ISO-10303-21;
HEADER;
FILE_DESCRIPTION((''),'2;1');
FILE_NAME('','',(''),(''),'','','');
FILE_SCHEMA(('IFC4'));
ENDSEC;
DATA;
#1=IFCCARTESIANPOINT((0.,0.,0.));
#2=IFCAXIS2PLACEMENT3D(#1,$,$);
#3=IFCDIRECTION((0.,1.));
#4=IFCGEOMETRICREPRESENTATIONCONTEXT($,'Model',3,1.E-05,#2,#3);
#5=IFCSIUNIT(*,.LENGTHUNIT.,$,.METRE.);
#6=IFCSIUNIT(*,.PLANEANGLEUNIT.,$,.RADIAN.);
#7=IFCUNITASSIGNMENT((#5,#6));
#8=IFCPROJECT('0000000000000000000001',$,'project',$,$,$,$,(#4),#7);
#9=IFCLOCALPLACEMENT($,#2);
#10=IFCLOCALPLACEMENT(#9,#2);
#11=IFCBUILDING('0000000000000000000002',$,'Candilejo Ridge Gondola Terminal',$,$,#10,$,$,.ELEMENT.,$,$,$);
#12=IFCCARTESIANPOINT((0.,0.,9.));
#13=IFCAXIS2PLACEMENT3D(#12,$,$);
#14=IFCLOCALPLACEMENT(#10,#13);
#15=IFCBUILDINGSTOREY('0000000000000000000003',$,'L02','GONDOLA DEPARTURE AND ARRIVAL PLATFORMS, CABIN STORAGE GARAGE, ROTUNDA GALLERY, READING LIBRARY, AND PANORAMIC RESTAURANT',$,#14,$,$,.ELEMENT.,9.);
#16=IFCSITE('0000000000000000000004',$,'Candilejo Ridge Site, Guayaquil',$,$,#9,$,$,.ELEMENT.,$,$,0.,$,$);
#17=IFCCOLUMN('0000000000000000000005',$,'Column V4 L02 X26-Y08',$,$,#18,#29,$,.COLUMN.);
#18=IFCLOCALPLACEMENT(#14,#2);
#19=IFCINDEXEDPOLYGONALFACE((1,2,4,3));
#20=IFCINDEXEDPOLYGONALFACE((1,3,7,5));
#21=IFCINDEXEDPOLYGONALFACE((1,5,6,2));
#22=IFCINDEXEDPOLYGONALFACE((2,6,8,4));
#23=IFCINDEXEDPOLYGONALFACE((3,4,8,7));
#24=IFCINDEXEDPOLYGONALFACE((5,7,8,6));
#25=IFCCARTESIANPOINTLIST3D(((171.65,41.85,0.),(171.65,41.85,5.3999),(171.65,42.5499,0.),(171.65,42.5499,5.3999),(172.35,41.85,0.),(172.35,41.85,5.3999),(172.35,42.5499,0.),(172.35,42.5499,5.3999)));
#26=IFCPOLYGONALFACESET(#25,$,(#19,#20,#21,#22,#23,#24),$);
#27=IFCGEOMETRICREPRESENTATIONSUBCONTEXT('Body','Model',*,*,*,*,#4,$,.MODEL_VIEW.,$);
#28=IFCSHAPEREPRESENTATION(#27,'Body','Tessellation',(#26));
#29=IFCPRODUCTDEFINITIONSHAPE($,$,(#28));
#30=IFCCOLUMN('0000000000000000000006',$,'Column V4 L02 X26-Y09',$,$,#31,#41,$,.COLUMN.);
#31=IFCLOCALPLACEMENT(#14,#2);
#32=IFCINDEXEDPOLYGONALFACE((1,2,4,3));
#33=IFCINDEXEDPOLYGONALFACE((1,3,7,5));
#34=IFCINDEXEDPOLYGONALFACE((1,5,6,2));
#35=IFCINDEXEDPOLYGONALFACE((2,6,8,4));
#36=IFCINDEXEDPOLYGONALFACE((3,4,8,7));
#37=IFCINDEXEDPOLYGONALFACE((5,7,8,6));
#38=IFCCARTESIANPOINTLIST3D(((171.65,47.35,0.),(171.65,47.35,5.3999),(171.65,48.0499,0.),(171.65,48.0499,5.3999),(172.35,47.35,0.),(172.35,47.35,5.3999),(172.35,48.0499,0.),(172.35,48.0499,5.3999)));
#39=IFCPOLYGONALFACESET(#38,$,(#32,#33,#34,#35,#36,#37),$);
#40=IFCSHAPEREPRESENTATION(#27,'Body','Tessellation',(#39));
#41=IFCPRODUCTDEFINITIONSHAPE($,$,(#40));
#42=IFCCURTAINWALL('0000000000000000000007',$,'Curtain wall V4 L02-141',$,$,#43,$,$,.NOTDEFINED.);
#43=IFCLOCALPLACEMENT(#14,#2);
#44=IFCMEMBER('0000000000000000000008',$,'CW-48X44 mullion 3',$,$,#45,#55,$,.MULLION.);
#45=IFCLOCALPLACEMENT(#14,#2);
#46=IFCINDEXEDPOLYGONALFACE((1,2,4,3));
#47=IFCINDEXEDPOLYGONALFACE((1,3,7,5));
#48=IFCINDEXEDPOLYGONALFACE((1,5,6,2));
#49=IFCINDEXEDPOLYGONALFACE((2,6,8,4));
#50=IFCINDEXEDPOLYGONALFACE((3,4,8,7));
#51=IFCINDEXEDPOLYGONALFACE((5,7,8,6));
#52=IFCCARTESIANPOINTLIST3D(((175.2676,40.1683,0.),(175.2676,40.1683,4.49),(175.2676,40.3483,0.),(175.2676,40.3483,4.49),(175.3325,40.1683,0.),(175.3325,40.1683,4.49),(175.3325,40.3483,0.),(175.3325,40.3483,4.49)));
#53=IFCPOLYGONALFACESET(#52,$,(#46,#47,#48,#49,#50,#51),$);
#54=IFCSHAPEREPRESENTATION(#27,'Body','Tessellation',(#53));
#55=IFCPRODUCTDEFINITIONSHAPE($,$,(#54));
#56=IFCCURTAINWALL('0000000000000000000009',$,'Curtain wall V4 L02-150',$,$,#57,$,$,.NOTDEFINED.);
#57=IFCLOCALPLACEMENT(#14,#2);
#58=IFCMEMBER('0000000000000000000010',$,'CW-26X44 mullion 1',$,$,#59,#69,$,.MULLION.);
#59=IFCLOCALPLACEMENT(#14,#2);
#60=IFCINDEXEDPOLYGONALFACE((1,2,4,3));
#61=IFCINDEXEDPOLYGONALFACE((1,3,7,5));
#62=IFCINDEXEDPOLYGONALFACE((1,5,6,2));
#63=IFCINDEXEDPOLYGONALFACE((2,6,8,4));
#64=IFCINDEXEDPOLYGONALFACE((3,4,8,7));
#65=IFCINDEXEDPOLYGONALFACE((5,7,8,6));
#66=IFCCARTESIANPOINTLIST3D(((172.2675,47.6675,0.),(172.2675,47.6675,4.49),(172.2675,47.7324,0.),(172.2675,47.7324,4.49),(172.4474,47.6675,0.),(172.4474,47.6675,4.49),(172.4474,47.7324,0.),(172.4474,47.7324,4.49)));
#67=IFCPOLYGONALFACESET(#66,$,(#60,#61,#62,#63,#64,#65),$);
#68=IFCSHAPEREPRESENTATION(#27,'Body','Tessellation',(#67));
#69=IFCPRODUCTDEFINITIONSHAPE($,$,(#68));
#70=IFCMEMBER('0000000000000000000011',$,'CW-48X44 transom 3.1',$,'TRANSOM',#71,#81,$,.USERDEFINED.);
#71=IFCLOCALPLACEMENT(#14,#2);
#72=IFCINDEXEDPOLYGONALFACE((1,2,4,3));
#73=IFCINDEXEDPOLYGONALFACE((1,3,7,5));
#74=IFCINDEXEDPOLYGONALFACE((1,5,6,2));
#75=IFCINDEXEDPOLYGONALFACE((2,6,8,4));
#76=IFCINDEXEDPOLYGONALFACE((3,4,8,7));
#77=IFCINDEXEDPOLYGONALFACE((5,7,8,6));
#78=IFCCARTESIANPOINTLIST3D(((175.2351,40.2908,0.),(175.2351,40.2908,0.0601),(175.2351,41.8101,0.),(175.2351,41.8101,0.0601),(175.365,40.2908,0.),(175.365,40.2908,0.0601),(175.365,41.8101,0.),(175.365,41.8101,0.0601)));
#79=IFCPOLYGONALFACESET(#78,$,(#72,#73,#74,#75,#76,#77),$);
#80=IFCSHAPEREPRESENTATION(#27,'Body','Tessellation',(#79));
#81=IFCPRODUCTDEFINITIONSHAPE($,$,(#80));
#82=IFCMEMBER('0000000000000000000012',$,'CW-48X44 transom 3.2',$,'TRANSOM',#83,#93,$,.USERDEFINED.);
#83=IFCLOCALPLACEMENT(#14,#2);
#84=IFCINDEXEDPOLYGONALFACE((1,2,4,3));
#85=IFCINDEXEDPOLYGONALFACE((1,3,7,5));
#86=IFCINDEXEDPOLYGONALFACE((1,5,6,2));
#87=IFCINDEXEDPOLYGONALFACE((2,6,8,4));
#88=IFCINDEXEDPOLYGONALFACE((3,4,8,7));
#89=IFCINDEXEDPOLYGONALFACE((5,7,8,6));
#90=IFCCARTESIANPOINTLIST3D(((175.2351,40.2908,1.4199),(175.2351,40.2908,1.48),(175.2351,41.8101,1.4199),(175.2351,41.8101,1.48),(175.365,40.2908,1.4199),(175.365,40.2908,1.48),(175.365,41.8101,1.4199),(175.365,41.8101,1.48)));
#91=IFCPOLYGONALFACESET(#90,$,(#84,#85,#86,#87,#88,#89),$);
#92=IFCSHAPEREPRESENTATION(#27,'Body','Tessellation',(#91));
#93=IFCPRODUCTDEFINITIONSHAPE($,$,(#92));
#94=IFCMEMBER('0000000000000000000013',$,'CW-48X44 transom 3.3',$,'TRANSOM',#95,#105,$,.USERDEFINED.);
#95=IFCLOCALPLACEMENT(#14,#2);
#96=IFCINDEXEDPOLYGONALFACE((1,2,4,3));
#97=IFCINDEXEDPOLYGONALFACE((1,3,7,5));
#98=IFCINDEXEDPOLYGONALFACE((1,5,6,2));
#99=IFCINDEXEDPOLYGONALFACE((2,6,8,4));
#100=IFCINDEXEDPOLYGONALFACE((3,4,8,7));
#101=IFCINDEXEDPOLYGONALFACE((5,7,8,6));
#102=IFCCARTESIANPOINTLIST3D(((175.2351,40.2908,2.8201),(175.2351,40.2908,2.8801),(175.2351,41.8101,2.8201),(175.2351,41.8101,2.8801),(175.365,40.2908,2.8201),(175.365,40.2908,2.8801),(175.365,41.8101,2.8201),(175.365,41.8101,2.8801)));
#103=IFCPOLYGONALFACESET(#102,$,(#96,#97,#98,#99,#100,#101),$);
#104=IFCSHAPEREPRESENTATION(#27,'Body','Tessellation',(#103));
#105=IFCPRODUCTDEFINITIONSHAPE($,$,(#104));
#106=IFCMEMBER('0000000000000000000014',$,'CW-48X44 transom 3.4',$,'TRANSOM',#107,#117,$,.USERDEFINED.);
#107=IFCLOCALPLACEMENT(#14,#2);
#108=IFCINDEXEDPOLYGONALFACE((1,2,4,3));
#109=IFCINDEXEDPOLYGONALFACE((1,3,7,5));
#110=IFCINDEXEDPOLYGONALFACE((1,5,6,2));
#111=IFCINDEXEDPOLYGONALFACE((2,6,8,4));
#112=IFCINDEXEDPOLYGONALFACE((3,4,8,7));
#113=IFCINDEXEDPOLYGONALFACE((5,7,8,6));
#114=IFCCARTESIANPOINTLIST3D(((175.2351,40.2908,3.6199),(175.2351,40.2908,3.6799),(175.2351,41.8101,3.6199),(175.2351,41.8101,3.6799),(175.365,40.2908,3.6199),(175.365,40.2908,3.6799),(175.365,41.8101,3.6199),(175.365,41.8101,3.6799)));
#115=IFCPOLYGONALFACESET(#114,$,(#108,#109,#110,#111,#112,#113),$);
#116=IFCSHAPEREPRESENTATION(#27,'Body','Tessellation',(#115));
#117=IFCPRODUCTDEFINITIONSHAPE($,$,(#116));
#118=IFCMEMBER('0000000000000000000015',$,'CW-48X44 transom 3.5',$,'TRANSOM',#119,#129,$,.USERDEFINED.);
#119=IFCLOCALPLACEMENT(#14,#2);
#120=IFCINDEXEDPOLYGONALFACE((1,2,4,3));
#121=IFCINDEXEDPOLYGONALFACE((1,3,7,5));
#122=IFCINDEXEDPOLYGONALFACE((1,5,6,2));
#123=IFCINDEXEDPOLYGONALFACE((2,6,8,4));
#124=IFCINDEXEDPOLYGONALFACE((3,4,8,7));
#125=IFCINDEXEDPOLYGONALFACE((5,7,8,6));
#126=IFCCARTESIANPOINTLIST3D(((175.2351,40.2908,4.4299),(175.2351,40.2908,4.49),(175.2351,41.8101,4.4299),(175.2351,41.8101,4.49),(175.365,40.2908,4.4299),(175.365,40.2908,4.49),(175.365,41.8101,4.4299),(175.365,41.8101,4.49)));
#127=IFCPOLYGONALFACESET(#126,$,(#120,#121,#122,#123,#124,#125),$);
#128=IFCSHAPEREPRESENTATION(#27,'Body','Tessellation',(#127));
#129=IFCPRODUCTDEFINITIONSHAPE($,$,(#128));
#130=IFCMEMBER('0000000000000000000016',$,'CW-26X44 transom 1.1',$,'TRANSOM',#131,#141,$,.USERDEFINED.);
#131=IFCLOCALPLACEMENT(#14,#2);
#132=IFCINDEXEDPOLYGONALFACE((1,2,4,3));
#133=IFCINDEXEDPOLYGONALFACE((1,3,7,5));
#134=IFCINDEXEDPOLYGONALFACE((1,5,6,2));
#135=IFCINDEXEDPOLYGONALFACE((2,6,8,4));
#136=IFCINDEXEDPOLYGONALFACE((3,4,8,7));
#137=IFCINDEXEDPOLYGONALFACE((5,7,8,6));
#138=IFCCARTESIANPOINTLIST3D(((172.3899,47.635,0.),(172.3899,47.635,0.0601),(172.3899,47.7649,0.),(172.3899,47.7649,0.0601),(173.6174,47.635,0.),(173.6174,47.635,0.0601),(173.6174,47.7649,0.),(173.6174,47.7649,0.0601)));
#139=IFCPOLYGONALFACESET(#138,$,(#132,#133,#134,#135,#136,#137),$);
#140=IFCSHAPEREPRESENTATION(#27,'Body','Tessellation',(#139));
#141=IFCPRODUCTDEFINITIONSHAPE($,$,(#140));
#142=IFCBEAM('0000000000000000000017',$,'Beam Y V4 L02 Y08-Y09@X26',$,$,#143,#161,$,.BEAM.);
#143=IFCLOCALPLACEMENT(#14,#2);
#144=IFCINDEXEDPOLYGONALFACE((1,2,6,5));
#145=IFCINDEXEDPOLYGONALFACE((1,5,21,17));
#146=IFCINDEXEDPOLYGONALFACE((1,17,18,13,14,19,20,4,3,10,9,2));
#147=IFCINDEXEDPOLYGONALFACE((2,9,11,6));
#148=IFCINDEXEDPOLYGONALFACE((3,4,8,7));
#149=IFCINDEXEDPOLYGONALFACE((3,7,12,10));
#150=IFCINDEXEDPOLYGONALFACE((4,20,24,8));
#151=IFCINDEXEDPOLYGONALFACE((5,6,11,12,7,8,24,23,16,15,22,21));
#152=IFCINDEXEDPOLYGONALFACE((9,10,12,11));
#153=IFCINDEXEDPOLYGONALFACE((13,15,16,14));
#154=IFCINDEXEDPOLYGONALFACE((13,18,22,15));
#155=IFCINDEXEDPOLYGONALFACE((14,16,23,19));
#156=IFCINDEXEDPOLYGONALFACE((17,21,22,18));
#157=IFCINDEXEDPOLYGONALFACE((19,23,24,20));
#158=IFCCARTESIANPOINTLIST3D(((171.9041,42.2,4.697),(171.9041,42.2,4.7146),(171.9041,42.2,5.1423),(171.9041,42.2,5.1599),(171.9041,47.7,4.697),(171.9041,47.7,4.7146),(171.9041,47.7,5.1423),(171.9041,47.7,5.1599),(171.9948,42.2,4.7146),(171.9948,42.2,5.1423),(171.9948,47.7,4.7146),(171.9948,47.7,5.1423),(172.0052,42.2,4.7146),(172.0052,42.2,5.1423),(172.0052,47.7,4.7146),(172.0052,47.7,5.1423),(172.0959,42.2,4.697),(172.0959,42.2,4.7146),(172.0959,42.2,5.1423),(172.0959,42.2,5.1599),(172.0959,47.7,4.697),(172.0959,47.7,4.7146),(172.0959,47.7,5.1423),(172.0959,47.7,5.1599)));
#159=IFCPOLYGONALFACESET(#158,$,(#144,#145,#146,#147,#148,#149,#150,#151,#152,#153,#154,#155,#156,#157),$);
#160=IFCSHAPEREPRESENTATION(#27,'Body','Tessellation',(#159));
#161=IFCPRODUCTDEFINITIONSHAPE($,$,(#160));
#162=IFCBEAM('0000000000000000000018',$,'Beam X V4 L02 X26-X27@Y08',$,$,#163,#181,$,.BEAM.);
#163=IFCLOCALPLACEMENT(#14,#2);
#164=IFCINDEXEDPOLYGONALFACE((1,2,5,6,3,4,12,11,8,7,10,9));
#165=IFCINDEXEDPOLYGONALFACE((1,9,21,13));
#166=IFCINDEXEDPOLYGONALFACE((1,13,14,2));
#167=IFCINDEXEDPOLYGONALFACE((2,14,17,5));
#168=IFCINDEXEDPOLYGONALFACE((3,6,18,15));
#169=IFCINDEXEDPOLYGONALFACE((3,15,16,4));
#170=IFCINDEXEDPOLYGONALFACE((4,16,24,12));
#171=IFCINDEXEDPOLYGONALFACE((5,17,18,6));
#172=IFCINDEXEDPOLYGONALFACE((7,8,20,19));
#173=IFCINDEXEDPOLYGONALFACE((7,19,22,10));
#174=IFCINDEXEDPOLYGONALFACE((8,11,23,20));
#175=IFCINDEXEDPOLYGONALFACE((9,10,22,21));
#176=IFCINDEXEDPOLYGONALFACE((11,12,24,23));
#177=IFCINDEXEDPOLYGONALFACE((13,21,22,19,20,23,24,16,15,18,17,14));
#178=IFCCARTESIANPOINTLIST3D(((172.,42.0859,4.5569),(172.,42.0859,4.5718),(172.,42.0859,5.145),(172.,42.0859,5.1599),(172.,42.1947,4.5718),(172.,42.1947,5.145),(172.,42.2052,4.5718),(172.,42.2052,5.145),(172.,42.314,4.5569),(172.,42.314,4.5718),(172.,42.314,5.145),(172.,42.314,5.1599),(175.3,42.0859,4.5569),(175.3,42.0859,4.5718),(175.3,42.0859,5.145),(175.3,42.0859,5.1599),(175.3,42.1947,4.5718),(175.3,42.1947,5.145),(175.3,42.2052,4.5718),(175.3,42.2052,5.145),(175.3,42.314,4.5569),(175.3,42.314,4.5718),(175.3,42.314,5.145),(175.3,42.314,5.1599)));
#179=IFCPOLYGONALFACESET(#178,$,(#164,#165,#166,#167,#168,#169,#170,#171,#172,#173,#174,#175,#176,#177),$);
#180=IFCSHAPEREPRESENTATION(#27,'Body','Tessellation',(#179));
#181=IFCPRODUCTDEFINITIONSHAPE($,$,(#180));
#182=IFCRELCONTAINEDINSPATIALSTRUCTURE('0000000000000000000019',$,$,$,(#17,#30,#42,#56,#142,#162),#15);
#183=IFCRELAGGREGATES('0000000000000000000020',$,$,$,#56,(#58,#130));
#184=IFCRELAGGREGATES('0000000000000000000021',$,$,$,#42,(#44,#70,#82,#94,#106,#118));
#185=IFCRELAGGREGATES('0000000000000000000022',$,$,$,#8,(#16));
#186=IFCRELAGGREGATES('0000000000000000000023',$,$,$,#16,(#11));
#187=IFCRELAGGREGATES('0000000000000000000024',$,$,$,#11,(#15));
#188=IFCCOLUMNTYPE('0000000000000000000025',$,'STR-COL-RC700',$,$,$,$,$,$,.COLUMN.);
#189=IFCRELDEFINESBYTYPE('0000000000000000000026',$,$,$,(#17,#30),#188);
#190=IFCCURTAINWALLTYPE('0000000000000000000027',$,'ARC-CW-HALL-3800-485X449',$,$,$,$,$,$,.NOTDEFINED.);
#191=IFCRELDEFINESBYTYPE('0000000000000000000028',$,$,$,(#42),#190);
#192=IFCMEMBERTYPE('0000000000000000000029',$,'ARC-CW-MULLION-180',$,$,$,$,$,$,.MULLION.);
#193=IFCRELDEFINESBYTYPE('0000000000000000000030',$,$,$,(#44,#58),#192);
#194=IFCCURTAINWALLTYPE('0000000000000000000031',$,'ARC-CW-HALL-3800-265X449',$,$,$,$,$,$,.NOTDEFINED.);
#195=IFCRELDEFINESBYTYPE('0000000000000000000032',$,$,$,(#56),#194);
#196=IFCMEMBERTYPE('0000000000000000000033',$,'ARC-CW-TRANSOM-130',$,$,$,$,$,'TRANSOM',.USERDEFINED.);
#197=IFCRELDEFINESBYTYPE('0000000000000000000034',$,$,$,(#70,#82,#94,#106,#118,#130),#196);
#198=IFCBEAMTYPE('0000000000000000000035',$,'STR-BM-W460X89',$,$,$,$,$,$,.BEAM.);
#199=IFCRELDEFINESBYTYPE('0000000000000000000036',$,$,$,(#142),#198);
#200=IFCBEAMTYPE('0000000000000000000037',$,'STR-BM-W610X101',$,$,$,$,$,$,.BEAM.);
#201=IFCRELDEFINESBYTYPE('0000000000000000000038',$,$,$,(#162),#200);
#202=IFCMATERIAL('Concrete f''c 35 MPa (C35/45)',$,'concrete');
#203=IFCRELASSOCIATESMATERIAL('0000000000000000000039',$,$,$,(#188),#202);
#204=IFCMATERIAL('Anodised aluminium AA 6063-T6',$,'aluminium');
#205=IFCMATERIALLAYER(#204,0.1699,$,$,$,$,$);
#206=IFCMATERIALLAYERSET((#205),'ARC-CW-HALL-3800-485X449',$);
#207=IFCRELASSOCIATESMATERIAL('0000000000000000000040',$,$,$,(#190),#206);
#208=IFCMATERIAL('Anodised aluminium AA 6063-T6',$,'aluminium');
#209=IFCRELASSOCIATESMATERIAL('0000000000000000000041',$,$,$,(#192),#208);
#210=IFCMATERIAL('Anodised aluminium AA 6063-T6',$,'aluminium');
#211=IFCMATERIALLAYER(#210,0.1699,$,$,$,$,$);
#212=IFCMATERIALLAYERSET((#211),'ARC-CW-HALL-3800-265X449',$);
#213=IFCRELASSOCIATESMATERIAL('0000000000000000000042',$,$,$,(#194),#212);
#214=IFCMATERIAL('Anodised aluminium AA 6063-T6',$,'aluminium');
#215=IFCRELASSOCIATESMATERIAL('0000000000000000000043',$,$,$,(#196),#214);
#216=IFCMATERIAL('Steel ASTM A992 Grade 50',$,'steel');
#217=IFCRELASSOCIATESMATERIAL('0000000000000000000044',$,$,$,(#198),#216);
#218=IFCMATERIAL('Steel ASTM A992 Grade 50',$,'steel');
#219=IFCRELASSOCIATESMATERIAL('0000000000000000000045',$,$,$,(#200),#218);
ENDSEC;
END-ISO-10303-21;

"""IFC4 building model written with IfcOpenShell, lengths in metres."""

from ifc_helpers import new_model, si_unit, direction, frame, origin, origin_2d, place, context, subcontext, project, spatial, rectangle, i_section, extrude, material, layer, layer_set, material_profile, profile_set, type_object, element, aggregate, save


model = new_model("IFC4")

# Units and contexts
model_context = context("Model", 3, precision=1e-05, world=origin(), true_north=direction((0.0, 1.0)))
body_context = subcontext(model_context, "Body", "Model", "MODEL_VIEW")
ifc_project = project(units=[si_unit("LENGTHUNIT", "METRE"), si_unit("PLANEANGLEUNIT", "RADIAN")], contexts=[model_context])

# Site, building, storey
site_placement = place(None, origin())
site = spatial("IfcSite", under=ifc_project, at=site_placement, Name="Candilejo Ridge Site, Guayaquil", CompositionType="ELEMENT", RefElevation=0.0)
building_placement = place(site_placement, origin())
building = spatial("IfcBuilding", under=site, at=building_placement, Name="Candilejo Ridge Gondola Terminal", CompositionType="ELEMENT")
storey_placement = place(building_placement, frame((0.0, 0.0, 9.0)))
storey = spatial("IfcBuildingStorey", under=building, at=storey_placement, Name="L02", Description="GONDOLA DEPARTURE AND ARRIVAL PLATFORMS, CABIN STORAGE GARAGE, ROTUNDA GALLERY, READING LIBRARY, AND PANORAMIC RESTAURANT", CompositionType="ELEMENT", Elevation=9.0)

# Columns
ifc_material_1 = material(Name="Concrete f'c 35 MPa (C35/45)", Category="concrete")
ifc_material_profile_1 = material_profile(ifc_material_1, rectangle(XDim=0.7, YDim=0.7, at=origin_2d()))
ifc_profile_set_1 = profile_set([ifc_material_profile_1], Name="Concrete f'c 35 MPa (C35/45)")
column_type = type_object("IfcColumnType", Name="STR-COL-RC700", PredefinedType="COLUMN", material=ifc_profile_set_1)
for number, where, z_axis, x_axis, name in (
    (1, (172.0, 42.2, 0.0), (0.0, 0.0, 1.0), (1.0, 0.0, 0.0), "Column V4 L02 X26-Y08"),
    (2, (172.0, 47.7, 0.0), (0.0, 0.0, 1.0), (1.0, 0.0, 0.0), "Column V4 L02 X26-Y09"),
):
    element("IfcColumn", number, at=place(storey_placement, frame(where, z_axis=z_axis, x_axis=x_axis)), inside=storey, type_object=column_type, Name=name, PredefinedType="COLUMN", context=body_context, shape_type="SweptSolid", body=[
        extrude(rectangle(XDim=0.7, YDim=0.7, at=origin_2d()), origin(), (0.0, 0.0, 1.0), 5.3999),
    ])

# Curtain walls, members
ifc_material_2 = material(Name="Anodised aluminium AA 6063-T6", Category="aluminium")
ifc_layer_1 = layer(ifc_material_2, 0.1699)
ifc_layer_set_1 = layer_set([ifc_layer_1], Name="ARC-CW-HALL-3800-485X449")
curtain_wall_type_1 = type_object("IfcCurtainWallType", Name="ARC-CW-HALL-3800-485X449", PredefinedType="NOTDEFINED", material=ifc_layer_set_1)
curtain_wall_1_placement = place(storey_placement, origin())
curtain_wall_1 = element("IfcCurtainWall", 3, at=curtain_wall_1_placement, inside=storey, type_object=curtain_wall_type_1, Name="Curtain wall V4 L02-141", PredefinedType="NOTDEFINED")
ifc_material_3 = material(Name="Anodised aluminium AA 6063-T6", Category="aluminium")
ifc_material_profile_2 = material_profile(ifc_material_3, rectangle(XDim=0.0649, YDim=0.1799, at=origin_2d()))
ifc_profile_set_2 = profile_set([ifc_material_profile_2], Name="Anodised aluminium AA 6063-T6")
member_type_1 = type_object("IfcMemberType", Name="ARC-CW-MULLION-180", PredefinedType="MULLION", material=ifc_profile_set_2)
member_1_placement = place(storey_placement, frame((175.3, 40.2583, 0.0), z_axis=(0.0, 0.0, 1.0), x_axis=(-1.0, 0.0, 0.0)))
member_1 = element("IfcMember", 4, at=member_1_placement, type_object=member_type_1, Name="CW-48X44 mullion 3", PredefinedType="MULLION", context=body_context, shape_type="SweptSolid", body=[
    extrude(rectangle(XDim=0.0649, YDim=0.1799, at=origin_2d()), origin(), (0.0, 0.0, 1.0), 4.49),
])
ifc_material_4 = material(Name="Anodised aluminium AA 6063-T6", Category="aluminium")
ifc_layer_2 = layer(ifc_material_4, 0.1699)
ifc_layer_set_2 = layer_set([ifc_layer_2], Name="ARC-CW-HALL-3800-265X449")
curtain_wall_type_2 = type_object("IfcCurtainWallType", Name="ARC-CW-HALL-3800-265X449", PredefinedType="NOTDEFINED", material=ifc_layer_set_2)
curtain_wall_2_placement = place(storey_placement, origin())
curtain_wall_2 = element("IfcCurtainWall", 5, at=curtain_wall_2_placement, inside=storey, type_object=curtain_wall_type_2, Name="Curtain wall V4 L02-150", PredefinedType="NOTDEFINED")
member_2_placement = place(storey_placement, frame((172.3574, 47.7, 0.0), z_axis=(0.0, 0.0, 1.0), x_axis=(0.0, 1.0, 0.0)))
member_2 = element("IfcMember", 6, at=member_2_placement, type_object=member_type_1, Name="CW-26X44 mullion 1", PredefinedType="MULLION", context=body_context, shape_type="SweptSolid", body=[
    extrude(rectangle(XDim=0.0649, YDim=0.1799, at=origin_2d()), origin(), (0.0, 0.0, 1.0), 4.49),
])

# Members
ifc_material_5 = material(Name="Anodised aluminium AA 6063-T6", Category="aluminium")
ifc_material_profile_3 = material_profile(ifc_material_5, rectangle(XDim=0.1299, YDim=0.0601, at=origin_2d()))
ifc_profile_set_3 = profile_set([ifc_material_profile_3], Name="Anodised aluminium AA 6063-T6")
member_type_2 = type_object("IfcMemberType", Name="ARC-CW-TRANSOM-130", ElementType="TRANSOM", PredefinedType="USERDEFINED", material=ifc_profile_set_3)
member_3_placement = place(storey_placement, frame((175.3, 40.2908, 0.03), z_axis=(0.0, 1.0, 0.0), x_axis=(-1.0, 0.0, 0.0)))
member_3 = element("IfcMember", 7, at=member_3_placement, type_object=member_type_2, Name="CW-48X44 transom 3.1", ObjectType="TRANSOM", PredefinedType="USERDEFINED", context=body_context, shape_type="SweptSolid", body=[
    extrude(rectangle(XDim=0.1299, YDim=0.0601, at=origin_2d()), origin(), (0.0, 0.0, 1.0), 1.5193),
])
member_4_placement = place(storey_placement, frame((175.3, 40.2908, 1.45), z_axis=(0.0, 1.0, 0.0), x_axis=(-1.0, 0.0, 0.0)))
member_4 = element("IfcMember", 8, at=member_4_placement, type_object=member_type_2, Name="CW-48X44 transom 3.2", ObjectType="TRANSOM", PredefinedType="USERDEFINED", context=body_context, shape_type="SweptSolid", body=[
    extrude(rectangle(XDim=0.1299, YDim=0.0601, at=origin_2d()), origin(), (0.0, 0.0, 1.0), 1.5193),
])
member_5_placement = place(storey_placement, frame((175.3, 40.2908, 2.8501), z_axis=(0.0, 1.0, 0.0), x_axis=(-1.0, 0.0, 0.0)))
member_5 = element("IfcMember", 9, at=member_5_placement, type_object=member_type_2, Name="CW-48X44 transom 3.3", ObjectType="TRANSOM", PredefinedType="USERDEFINED", context=body_context, shape_type="SweptSolid", body=[
    extrude(rectangle(XDim=0.1299, YDim=0.0601, at=origin_2d()), origin(), (0.0, 0.0, 1.0), 1.5193),
])
member_6_placement = place(storey_placement, frame((175.3, 40.2908, 3.6499), z_axis=(0.0, 1.0, 0.0), x_axis=(-1.0, 0.0, 0.0)))
member_6 = element("IfcMember", 10, at=member_6_placement, type_object=member_type_2, Name="CW-48X44 transom 3.4", ObjectType="TRANSOM", PredefinedType="USERDEFINED", context=body_context, shape_type="SweptSolid", body=[
    extrude(rectangle(XDim=0.1299, YDim=0.0601, at=origin_2d()), origin(), (0.0, 0.0, 1.0), 1.5193),
])
member_7_placement = place(storey_placement, frame((175.3, 40.2908, 4.46), z_axis=(0.0, 1.0, 0.0), x_axis=(-1.0, 0.0, 0.0)))
member_7 = element("IfcMember", 11, at=member_7_placement, type_object=member_type_2, Name="CW-48X44 transom 3.5", ObjectType="TRANSOM", PredefinedType="USERDEFINED", context=body_context, shape_type="SweptSolid", body=[
    extrude(rectangle(XDim=0.1299, YDim=0.0601, at=origin_2d()), origin(), (0.0, 0.0, 1.0), 1.5193),
])
member_8_placement = place(storey_placement, frame((172.3899, 47.7, 0.03), z_axis=(1.0, 0.0, 0.0), x_axis=(0.0, 1.0, 0.0)))
member_8 = element("IfcMember", 12, at=member_8_placement, type_object=member_type_2, Name="CW-26X44 transom 1.1", ObjectType="TRANSOM", PredefinedType="USERDEFINED", context=body_context, shape_type="SweptSolid", body=[
    extrude(rectangle(XDim=0.1299, YDim=0.0601, at=origin_2d()), origin(), (0.0, 0.0, 1.0), 1.2275),
])
aggregate(curtain_wall_2, [member_2, member_8])

# Beams
ifc_material_6 = material(Name="Steel ASTM A992 Grade 50", Category="steel")
ifc_material_profile_4 = material_profile(ifc_material_6, i_section(OverallWidth=0.1919, OverallDepth=0.4629, WebThickness=0.0105, FlangeThickness=0.0176, at=origin_2d()))
ifc_profile_set_4 = profile_set([ifc_material_profile_4], Name="Steel ASTM A992 Grade 50")
beam_type_1 = type_object("IfcBeamType", Name="STR-BM-W460X89", PredefinedType="BEAM", material=ifc_profile_set_4)
beam_1_placement = place(storey_placement, frame((172.0, 42.2, 4.9285), z_axis=(0.0, 1.0, 0.0), x_axis=(-1.0, 0.0, 0.0)))
element("IfcBeam", 13, at=beam_1_placement, inside=storey, type_object=beam_type_1, Name="Beam Y V4 L02 Y08-Y09@X26", PredefinedType="BEAM", context=body_context, shape_type="SweptSolid", body=[
    extrude(i_section(OverallWidth=0.1919, OverallDepth=0.4629, WebThickness=0.0105, FlangeThickness=0.0176, at=origin_2d()), origin(), (0.0, 0.0, 1.0), 5.5),
])
ifc_material_7 = material(Name="Steel ASTM A992 Grade 50", Category="steel")
ifc_material_profile_5 = material_profile(ifc_material_7, i_section(OverallWidth=0.228, OverallDepth=0.603, WebThickness=0.0105, FlangeThickness=0.0149, at=origin_2d()))
ifc_profile_set_5 = profile_set([ifc_material_profile_5], Name="Steel ASTM A992 Grade 50")
beam_type_2 = type_object("IfcBeamType", Name="STR-BM-W610X101", PredefinedType="BEAM", material=ifc_profile_set_5)
beam_2_placement = place(storey_placement, frame((172.0, 42.2, 4.8584), z_axis=(1.0, 0.0, 0.0), x_axis=(0.0, 1.0, 0.0)))
element("IfcBeam", 14, at=beam_2_placement, inside=storey, type_object=beam_type_2, Name="Beam X V4 L02 X26-X27@Y08", PredefinedType="BEAM", context=body_context, shape_type="SweptSolid", body=[
    extrude(i_section(OverallWidth=0.228, OverallDepth=0.603, WebThickness=0.0105, FlangeThickness=0.0149, at=origin_2d()), origin(), (0.0, 0.0, 1.0), 3.3),
])

aggregate(curtain_wall_1, [member_1, member_3, member_4, member_5, member_6, member_7])

save(model, "model.ifc")
